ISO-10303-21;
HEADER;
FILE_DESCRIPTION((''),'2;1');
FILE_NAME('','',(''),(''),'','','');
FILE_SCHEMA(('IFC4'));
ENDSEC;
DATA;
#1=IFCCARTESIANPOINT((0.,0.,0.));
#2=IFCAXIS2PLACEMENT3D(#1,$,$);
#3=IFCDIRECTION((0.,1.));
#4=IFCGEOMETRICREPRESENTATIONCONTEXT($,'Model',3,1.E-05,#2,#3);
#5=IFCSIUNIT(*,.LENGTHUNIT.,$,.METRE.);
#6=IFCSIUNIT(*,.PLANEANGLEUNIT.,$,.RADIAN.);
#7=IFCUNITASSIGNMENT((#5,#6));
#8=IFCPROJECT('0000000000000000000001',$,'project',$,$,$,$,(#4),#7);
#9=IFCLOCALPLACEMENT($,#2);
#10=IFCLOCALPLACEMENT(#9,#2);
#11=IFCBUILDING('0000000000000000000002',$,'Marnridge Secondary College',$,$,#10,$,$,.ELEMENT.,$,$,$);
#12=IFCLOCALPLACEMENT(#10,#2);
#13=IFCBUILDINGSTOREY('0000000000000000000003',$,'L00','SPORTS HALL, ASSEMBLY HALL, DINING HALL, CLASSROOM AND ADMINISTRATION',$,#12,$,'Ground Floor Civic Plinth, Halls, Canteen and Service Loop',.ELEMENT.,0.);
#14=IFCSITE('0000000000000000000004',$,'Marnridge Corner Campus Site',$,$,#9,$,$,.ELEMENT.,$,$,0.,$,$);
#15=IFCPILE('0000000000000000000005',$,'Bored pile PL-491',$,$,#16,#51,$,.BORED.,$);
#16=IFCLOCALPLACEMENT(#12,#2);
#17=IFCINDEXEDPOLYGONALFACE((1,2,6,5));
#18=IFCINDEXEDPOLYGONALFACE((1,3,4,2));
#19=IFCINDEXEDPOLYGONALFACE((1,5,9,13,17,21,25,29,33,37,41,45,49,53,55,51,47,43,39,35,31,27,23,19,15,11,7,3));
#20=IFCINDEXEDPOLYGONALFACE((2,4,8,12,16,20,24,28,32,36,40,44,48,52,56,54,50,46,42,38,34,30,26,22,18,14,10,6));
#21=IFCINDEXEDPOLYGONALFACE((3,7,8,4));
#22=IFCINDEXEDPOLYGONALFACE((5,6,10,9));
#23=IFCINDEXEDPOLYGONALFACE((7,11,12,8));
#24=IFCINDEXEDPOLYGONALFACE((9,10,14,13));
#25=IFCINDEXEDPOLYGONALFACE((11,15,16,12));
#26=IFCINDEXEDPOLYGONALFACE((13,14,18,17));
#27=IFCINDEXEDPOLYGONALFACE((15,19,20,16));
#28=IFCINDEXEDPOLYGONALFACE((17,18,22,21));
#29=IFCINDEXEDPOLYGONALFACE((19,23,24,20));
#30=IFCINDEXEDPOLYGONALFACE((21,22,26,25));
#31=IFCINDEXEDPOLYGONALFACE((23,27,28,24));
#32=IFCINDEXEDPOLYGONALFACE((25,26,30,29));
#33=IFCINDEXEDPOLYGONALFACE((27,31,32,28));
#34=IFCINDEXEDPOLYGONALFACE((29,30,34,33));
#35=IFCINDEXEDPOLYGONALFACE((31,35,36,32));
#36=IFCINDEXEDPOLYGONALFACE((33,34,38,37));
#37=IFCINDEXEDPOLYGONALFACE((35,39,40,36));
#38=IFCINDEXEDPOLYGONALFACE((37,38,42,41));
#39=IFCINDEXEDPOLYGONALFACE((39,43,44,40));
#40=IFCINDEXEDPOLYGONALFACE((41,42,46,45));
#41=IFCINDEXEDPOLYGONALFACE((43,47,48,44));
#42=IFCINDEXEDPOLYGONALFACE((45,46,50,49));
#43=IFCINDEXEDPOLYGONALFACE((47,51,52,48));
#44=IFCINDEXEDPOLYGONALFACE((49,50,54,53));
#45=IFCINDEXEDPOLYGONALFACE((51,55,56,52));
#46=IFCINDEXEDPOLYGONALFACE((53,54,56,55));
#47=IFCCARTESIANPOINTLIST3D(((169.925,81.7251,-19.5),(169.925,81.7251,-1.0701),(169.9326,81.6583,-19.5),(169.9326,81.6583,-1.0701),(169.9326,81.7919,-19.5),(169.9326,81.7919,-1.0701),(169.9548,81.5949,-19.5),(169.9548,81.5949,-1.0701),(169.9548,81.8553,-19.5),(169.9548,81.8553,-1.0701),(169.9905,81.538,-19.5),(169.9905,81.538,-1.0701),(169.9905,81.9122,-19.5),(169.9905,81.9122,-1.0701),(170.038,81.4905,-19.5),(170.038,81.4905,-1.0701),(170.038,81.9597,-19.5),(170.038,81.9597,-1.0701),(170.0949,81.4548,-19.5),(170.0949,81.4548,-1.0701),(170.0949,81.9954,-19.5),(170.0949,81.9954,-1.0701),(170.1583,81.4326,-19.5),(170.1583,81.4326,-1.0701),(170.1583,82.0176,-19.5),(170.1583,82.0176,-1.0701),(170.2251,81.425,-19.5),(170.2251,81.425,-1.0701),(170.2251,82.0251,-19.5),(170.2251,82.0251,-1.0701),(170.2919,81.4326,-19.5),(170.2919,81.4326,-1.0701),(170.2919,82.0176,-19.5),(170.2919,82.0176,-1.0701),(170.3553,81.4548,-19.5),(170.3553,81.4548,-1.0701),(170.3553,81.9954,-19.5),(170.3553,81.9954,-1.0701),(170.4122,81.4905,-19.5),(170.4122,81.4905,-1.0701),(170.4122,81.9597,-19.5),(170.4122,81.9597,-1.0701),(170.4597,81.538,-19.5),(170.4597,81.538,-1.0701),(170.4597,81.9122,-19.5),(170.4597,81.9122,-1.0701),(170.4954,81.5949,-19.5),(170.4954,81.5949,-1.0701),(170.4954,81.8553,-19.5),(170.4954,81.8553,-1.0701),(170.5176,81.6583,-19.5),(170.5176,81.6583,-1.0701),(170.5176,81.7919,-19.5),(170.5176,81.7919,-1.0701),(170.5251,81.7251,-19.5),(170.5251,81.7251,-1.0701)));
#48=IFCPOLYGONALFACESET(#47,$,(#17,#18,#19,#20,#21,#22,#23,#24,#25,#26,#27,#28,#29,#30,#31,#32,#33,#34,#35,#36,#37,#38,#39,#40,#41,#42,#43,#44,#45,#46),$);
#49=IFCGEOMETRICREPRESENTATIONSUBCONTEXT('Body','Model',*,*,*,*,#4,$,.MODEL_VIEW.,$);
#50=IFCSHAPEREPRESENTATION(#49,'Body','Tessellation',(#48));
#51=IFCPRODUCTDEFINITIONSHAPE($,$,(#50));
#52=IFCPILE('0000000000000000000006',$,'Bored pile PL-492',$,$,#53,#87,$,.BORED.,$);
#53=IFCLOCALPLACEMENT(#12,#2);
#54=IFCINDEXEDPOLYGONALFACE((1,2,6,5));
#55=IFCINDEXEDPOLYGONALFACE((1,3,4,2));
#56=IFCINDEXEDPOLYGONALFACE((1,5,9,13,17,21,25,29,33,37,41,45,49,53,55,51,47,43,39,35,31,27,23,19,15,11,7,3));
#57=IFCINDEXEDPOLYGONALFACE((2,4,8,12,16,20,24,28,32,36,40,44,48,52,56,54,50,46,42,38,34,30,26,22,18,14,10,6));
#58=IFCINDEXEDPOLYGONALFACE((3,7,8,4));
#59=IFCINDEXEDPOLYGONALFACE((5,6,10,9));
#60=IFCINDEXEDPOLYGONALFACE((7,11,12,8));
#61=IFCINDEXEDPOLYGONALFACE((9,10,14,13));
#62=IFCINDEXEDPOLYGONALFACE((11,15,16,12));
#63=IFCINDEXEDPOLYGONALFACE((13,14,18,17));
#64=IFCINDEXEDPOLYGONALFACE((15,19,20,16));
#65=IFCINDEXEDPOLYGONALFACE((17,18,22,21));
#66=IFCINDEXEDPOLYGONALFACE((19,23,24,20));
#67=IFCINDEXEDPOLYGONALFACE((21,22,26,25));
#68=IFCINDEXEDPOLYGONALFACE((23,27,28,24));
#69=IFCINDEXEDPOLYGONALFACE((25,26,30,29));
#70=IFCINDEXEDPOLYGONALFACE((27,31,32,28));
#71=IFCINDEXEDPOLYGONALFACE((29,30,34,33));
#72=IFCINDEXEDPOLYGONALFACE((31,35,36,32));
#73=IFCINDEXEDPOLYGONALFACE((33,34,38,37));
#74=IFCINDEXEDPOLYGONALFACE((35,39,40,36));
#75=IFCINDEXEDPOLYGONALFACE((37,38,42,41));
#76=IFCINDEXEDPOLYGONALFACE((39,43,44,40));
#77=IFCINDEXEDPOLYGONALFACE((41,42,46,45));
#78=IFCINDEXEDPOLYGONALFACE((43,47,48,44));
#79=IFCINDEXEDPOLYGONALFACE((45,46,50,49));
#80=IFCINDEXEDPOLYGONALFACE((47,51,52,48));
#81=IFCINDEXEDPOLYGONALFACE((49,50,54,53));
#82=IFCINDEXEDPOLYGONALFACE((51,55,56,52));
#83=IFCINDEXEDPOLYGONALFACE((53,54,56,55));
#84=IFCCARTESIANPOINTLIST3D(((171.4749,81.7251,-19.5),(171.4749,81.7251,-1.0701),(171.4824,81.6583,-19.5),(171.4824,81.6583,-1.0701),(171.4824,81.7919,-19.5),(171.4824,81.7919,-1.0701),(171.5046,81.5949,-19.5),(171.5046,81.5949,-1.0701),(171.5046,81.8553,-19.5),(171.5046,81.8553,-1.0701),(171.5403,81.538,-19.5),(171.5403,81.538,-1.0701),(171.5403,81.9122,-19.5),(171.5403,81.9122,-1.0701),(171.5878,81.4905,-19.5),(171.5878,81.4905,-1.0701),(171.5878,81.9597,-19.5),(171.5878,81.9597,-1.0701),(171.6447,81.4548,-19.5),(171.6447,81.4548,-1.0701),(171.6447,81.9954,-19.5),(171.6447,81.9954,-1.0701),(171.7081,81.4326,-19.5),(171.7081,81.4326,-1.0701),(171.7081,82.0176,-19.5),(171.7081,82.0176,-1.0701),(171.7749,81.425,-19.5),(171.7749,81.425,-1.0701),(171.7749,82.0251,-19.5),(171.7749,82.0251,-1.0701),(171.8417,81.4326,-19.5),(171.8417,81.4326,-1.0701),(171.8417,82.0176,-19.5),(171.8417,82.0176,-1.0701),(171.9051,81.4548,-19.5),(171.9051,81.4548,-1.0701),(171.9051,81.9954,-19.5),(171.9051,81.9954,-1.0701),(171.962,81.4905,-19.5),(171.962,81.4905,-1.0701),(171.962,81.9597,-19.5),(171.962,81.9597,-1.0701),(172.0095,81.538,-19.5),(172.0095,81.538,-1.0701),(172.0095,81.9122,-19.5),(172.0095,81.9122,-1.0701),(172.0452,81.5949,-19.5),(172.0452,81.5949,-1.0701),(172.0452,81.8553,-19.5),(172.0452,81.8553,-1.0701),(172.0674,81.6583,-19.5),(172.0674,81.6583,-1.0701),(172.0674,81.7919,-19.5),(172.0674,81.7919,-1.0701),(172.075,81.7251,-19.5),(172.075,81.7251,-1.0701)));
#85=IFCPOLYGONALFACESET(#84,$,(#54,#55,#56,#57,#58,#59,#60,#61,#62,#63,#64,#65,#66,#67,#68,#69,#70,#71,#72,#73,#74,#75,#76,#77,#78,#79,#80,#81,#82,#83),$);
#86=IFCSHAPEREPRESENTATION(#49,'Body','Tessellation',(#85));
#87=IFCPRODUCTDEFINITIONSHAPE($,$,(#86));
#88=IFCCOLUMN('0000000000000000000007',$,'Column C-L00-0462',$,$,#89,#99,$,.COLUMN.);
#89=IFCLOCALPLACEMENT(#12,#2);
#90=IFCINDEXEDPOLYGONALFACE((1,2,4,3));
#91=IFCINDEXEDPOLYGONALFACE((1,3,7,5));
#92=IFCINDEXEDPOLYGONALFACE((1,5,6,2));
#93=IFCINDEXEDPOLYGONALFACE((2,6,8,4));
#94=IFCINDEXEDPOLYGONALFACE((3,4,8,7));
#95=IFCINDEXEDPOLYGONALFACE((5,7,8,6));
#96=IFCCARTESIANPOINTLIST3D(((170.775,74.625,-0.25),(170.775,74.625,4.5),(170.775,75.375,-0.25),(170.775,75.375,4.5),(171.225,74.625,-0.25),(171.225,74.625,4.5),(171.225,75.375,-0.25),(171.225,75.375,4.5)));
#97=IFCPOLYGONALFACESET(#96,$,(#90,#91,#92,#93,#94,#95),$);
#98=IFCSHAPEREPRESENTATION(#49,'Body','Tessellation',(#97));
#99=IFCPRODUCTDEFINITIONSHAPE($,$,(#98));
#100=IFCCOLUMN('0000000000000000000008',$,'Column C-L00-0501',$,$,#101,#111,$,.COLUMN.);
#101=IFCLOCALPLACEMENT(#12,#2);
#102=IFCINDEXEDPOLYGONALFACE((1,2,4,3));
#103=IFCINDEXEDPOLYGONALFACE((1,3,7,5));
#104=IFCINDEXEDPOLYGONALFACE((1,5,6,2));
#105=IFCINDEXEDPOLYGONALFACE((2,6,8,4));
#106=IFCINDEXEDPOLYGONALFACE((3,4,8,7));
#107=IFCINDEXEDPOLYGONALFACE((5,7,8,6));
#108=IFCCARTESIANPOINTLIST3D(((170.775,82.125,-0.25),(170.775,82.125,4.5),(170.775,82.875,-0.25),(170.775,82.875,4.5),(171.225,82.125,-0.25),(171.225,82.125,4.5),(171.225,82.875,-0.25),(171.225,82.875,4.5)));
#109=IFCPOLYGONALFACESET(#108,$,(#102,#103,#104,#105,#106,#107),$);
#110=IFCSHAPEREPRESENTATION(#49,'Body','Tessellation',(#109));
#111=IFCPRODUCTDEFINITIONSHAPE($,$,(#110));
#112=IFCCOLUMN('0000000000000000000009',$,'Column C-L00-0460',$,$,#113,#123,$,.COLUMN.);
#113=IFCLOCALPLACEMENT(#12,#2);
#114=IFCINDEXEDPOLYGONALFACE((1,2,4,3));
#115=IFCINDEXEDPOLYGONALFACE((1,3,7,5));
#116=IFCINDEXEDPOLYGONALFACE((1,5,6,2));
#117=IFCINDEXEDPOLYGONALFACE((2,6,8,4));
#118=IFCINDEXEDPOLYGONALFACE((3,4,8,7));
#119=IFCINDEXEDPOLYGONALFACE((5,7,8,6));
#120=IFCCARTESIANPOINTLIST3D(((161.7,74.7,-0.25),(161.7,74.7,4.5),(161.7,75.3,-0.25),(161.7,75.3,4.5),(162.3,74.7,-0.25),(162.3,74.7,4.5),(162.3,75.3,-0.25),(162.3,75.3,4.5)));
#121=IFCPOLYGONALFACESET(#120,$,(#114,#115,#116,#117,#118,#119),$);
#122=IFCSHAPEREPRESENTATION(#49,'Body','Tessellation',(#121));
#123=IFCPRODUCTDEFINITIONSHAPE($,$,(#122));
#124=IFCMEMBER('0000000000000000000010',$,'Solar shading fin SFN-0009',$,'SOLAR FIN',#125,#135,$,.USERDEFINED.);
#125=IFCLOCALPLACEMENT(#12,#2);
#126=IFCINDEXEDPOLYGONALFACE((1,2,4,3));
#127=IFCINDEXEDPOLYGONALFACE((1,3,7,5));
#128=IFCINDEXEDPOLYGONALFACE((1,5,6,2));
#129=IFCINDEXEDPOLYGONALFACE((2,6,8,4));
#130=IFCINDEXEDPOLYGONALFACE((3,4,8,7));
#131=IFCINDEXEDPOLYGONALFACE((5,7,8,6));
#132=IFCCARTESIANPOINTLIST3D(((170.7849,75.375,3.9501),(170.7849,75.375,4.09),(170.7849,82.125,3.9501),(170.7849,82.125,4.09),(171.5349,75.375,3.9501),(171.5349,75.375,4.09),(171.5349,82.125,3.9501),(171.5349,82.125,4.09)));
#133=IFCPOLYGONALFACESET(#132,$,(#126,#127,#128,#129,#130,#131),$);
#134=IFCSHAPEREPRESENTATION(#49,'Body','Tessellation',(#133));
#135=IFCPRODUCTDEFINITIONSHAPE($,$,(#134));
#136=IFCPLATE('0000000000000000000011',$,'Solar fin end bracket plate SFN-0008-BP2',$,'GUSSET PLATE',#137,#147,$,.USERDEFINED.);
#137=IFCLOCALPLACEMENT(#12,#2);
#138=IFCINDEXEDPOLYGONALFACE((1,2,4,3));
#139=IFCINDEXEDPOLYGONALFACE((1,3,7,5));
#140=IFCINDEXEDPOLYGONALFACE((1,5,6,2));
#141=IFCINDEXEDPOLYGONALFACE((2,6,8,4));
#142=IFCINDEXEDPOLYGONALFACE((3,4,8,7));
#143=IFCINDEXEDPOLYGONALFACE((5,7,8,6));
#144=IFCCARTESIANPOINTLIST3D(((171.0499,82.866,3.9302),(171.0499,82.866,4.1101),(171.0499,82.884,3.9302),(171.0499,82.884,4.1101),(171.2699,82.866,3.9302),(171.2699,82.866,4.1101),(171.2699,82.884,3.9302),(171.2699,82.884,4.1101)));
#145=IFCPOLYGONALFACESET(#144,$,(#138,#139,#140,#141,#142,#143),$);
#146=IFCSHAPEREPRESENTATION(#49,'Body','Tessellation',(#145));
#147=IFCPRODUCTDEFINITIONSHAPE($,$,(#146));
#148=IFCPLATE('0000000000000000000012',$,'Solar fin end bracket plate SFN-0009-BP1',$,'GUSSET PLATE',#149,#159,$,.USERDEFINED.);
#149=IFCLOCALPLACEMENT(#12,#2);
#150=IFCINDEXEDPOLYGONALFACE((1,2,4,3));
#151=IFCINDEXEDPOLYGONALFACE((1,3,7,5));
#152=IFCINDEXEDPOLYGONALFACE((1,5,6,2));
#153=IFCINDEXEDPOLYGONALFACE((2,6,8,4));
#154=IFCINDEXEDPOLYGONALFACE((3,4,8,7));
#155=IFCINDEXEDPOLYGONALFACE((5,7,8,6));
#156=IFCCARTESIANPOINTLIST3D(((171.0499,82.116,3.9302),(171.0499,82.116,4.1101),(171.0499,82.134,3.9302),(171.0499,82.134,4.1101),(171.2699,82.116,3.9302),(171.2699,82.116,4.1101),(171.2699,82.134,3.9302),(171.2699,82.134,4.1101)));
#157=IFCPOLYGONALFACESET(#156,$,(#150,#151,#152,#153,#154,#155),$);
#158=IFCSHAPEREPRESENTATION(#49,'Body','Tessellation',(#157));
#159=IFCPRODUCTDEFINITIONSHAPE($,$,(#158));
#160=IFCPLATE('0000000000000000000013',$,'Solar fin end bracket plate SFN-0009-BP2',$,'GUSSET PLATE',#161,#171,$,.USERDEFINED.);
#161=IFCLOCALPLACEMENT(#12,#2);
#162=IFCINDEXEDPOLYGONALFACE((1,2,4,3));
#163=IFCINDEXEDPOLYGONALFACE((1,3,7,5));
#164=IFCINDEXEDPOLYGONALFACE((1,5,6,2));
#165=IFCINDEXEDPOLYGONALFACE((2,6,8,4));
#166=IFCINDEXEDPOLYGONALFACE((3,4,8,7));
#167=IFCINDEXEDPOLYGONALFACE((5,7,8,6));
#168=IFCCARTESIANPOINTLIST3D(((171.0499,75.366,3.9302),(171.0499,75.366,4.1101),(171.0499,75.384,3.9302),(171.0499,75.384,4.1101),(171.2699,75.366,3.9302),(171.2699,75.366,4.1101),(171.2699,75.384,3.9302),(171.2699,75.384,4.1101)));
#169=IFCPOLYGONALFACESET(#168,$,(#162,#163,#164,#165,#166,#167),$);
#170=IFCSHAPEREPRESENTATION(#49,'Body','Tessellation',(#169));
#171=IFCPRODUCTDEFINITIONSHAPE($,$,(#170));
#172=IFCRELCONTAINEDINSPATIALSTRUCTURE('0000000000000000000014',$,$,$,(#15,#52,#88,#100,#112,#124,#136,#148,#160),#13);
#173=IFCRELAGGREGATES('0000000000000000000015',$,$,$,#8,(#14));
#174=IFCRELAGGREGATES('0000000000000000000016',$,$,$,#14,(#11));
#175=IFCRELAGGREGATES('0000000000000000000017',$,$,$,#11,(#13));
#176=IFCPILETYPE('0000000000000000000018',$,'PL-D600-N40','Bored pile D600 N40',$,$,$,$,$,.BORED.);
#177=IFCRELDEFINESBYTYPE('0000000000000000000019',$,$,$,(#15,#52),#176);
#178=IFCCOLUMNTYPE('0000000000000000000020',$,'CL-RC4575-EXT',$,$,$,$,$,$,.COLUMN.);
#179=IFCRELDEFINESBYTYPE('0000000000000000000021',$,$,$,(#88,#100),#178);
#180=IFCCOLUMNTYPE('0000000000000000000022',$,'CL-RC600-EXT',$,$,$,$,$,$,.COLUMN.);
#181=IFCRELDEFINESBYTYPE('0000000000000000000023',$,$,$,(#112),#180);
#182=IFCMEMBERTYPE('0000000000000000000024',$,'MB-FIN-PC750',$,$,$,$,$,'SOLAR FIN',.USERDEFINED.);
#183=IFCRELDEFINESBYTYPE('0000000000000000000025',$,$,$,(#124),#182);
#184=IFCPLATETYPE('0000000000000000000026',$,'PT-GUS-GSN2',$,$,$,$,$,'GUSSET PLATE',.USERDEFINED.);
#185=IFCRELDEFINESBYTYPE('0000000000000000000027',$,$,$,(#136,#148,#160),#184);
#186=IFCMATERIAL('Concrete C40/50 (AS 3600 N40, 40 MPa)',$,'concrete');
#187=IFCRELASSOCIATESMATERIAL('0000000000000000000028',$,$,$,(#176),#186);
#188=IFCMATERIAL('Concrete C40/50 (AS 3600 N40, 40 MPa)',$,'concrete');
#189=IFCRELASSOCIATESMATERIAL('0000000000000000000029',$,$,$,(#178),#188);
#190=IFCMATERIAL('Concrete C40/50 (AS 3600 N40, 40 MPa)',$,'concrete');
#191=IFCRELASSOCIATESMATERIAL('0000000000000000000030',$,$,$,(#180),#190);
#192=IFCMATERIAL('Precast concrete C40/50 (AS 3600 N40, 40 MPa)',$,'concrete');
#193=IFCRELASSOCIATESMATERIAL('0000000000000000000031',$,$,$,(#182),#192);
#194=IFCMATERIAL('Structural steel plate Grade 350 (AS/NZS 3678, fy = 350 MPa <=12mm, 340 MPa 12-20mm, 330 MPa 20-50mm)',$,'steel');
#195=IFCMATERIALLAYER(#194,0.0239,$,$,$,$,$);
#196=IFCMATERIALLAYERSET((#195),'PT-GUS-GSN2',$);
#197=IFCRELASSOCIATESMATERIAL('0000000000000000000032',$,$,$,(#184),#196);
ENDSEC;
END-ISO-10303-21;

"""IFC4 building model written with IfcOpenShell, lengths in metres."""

from ifc_helpers import new_model, si_unit, direction, frame, origin, origin_2d, place, context, subcontext, project, spatial, rectangle, circle, extrude, material, layer, layer_set, material_profile, profile_set, type_object, element, save


model = new_model("IFC4")

# Units and contexts
model_context = context("Model", 3, precision=1e-05, world=origin(), true_north=direction((0.0, 1.0)))
body_context = subcontext(model_context, "Body", "Model", "MODEL_VIEW")
ifc_project = project(units=[si_unit("LENGTHUNIT", "METRE"), si_unit("PLANEANGLEUNIT", "RADIAN")], contexts=[model_context])

# Site, building, storey
site_placement = place(None, origin())
site = spatial("IfcSite", under=ifc_project, at=site_placement, Name="Marnridge Corner Campus Site", CompositionType="ELEMENT", RefElevation=0.0)
building_placement = place(site_placement, origin())
building = spatial("IfcBuilding", under=site, at=building_placement, Name="Marnridge Secondary College", CompositionType="ELEMENT")
storey_placement = place(building_placement, origin())
storey = spatial("IfcBuildingStorey", under=building, at=storey_placement, Name="L00", Description="SPORTS HALL, ASSEMBLY HALL, DINING HALL, CLASSROOM AND ADMINISTRATION", LongName="Ground Floor Civic Plinth, Halls, Canteen and Service Loop", CompositionType="ELEMENT", Elevation=0.0)

# Piles
ifc_material_1 = material(Name="Concrete C40/50 (AS 3600 N40, 40 MPa)", Category="concrete")
ifc_material_profile_1 = material_profile(ifc_material_1, circle(Radius=0.3, at=origin_2d()), Name="PILE D600")
ifc_profile_set_1 = profile_set([ifc_material_profile_1], Name="Concrete C40/50 (AS 3600 N40, 40 MPa)")
pile_type = type_object("IfcPileType", Name="PL-D600-N40", Description="Bored pile D600 N40", PredefinedType="BORED", material=ifc_profile_set_1)
for number, where, z_axis, x_axis, name in (
    (1, (170.2251, 81.7251, -1.0701), (0.0, 0.0, -1.0), (1.0, 0.0, 0.0), "Bored pile PL-491"),
    (2, (171.7749, 81.7251, -1.0701), (0.0, 0.0, -1.0), (1.0, 0.0, 0.0), "Bored pile PL-492"),
):
    element("IfcPile", number, at=place(storey_placement, frame(where, z_axis=z_axis, x_axis=x_axis)), inside=storey, type_object=pile_type, Name=name, PredefinedType="BORED", context=body_context, shape_type="SweptSolid", body=[
        extrude(circle(Radius=0.3, at=origin_2d()), origin(), (0.0, 0.0, 1.0), 18.4299),
    ])

# Columns
ifc_material_2 = material(Name="Concrete C40/50 (AS 3600 N40, 40 MPa)", Category="concrete")
ifc_material_profile_2 = material_profile(ifc_material_2, rectangle(XDim=0.45, YDim=0.75, at=origin_2d()), Name="RC 450x750")
ifc_profile_set_2 = profile_set([ifc_material_profile_2], Name="Concrete C40/50 (AS 3600 N40, 40 MPa)")
column_type_1 = type_object("IfcColumnType", Name="CL-RC4575-EXT", PredefinedType="COLUMN", material=ifc_profile_set_2)
for number, where, z_axis, x_axis, name in (
    (3, (171.0, 75.0, -0.25), (0.0, 0.0, 1.0), (1.0, 0.0, 0.0), "Column C-L00-0462"),
    (4, (171.0, 82.5, -0.25), (0.0, 0.0, 1.0), (1.0, 0.0, 0.0), "Column C-L00-0501"),
):
    element("IfcColumn", number, at=place(storey_placement, frame(where, z_axis=z_axis, x_axis=x_axis)), inside=storey, type_object=column_type_1, Name=name, PredefinedType="COLUMN", context=body_context, shape_type="SweptSolid", body=[
        extrude(rectangle(XDim=0.45, YDim=0.75, at=origin_2d()), origin(), (0.0, 0.0, 1.0), 4.75),
    ])
ifc_material_3 = material(Name="Concrete C40/50 (AS 3600 N40, 40 MPa)", Category="concrete")
ifc_material_profile_3 = material_profile(ifc_material_3, rectangle(XDim=0.6001, YDim=0.6001, at=origin_2d()), Name="RC 600x600")
ifc_profile_set_3 = profile_set([ifc_material_profile_3], Name="Concrete C40/50 (AS 3600 N40, 40 MPa)")
column_type_2 = type_object("IfcColumnType", Name="CL-RC600-EXT", PredefinedType="COLUMN", material=ifc_profile_set_3)
column_placement = place(storey_placement, frame((162.0, 75.0, -0.25), z_axis=(0.0, 0.0, 1.0), x_axis=(1.0, 0.0, 0.0)))
element("IfcColumn", 5, at=column_placement, inside=storey, type_object=column_type_2, Name="Column C-L00-0460", PredefinedType="COLUMN", context=body_context, shape_type="SweptSolid", body=[
    extrude(rectangle(XDim=0.6001, YDim=0.6001, at=origin_2d()), origin(), (0.0, 0.0, 1.0), 4.75),
])

# Member
ifc_material_4 = material(Name="Precast concrete C40/50 (AS 3600 N40, 40 MPa)", Category="concrete")
ifc_material_profile_4 = material_profile(ifc_material_4, rectangle(XDim=0.1399, YDim=0.75, at=origin_2d()), Name="FIN PC 140x750")
ifc_profile_set_4 = profile_set([ifc_material_profile_4], Name="Precast concrete C40/50 (AS 3600 N40, 40 MPa)")
member_type = type_object("IfcMemberType", Name="MB-FIN-PC750", ElementType="SOLAR FIN", PredefinedType="USERDEFINED", material=ifc_profile_set_4)
member_placement = place(storey_placement, frame((171.1599, 82.125, 4.02), z_axis=(0.0, -1.0, 0.0), x_axis=(0.0, 0.0, 1.0)))
element("IfcMember", 6, at=member_placement, inside=storey, type_object=member_type, Name="Solar shading fin SFN-0009", ObjectType="SOLAR FIN", PredefinedType="USERDEFINED", context=body_context, shape_type="SweptSolid", body=[
    extrude(rectangle(XDim=0.1399, YDim=0.75, at=origin_2d()), origin(), (0.0, 0.0, 1.0), 6.75),
])

# Plates
ifc_material_5 = material(Name="Structural steel plate Grade 350 (AS/NZS 3678, fy = 350 MPa <=12mm, 340 MPa 12-20mm, 330 MPa 20-50mm)", Category="steel")
ifc_layer_1 = layer(ifc_material_5, 0.0239)
ifc_layer_set_1 = layer_set([ifc_layer_1], Name="PT-GUS-GSN2")
plate_type = type_object("IfcPlateType", Name="PT-GUS-GSN2", ElementType="GUSSET PLATE", PredefinedType="USERDEFINED", material=ifc_layer_set_1)
for number, where, z_axis, x_axis, name in (
    (7, (171.1599, 82.875, 3.9302), (0.0, 0.0, 1.0), (1.0, 0.0, 0.0), "Solar fin end bracket plate SFN-0008-BP2"),
    (8, (171.1599, 82.125, 3.9302), (0.0, 0.0, 1.0), (1.0, 0.0, 0.0), "Solar fin end bracket plate SFN-0009-BP1"),
    (9, (171.1599, 75.375, 3.9302), (0.0, 0.0, 1.0), (1.0, 0.0, 0.0), "Solar fin end bracket plate SFN-0009-BP2"),
):
    element("IfcPlate", number, at=place(storey_placement, frame(where, z_axis=z_axis, x_axis=x_axis)), inside=storey, type_object=plate_type, Name=name, ObjectType="GUSSET PLATE", PredefinedType="USERDEFINED", context=body_context, shape_type="SweptSolid", body=[
        extrude(rectangle(XDim=0.22, YDim=0.0181, at=origin_2d()), origin(), (0.0, 0.0, 1.0), 0.1799),
    ])

save(model, "model.ifc")
